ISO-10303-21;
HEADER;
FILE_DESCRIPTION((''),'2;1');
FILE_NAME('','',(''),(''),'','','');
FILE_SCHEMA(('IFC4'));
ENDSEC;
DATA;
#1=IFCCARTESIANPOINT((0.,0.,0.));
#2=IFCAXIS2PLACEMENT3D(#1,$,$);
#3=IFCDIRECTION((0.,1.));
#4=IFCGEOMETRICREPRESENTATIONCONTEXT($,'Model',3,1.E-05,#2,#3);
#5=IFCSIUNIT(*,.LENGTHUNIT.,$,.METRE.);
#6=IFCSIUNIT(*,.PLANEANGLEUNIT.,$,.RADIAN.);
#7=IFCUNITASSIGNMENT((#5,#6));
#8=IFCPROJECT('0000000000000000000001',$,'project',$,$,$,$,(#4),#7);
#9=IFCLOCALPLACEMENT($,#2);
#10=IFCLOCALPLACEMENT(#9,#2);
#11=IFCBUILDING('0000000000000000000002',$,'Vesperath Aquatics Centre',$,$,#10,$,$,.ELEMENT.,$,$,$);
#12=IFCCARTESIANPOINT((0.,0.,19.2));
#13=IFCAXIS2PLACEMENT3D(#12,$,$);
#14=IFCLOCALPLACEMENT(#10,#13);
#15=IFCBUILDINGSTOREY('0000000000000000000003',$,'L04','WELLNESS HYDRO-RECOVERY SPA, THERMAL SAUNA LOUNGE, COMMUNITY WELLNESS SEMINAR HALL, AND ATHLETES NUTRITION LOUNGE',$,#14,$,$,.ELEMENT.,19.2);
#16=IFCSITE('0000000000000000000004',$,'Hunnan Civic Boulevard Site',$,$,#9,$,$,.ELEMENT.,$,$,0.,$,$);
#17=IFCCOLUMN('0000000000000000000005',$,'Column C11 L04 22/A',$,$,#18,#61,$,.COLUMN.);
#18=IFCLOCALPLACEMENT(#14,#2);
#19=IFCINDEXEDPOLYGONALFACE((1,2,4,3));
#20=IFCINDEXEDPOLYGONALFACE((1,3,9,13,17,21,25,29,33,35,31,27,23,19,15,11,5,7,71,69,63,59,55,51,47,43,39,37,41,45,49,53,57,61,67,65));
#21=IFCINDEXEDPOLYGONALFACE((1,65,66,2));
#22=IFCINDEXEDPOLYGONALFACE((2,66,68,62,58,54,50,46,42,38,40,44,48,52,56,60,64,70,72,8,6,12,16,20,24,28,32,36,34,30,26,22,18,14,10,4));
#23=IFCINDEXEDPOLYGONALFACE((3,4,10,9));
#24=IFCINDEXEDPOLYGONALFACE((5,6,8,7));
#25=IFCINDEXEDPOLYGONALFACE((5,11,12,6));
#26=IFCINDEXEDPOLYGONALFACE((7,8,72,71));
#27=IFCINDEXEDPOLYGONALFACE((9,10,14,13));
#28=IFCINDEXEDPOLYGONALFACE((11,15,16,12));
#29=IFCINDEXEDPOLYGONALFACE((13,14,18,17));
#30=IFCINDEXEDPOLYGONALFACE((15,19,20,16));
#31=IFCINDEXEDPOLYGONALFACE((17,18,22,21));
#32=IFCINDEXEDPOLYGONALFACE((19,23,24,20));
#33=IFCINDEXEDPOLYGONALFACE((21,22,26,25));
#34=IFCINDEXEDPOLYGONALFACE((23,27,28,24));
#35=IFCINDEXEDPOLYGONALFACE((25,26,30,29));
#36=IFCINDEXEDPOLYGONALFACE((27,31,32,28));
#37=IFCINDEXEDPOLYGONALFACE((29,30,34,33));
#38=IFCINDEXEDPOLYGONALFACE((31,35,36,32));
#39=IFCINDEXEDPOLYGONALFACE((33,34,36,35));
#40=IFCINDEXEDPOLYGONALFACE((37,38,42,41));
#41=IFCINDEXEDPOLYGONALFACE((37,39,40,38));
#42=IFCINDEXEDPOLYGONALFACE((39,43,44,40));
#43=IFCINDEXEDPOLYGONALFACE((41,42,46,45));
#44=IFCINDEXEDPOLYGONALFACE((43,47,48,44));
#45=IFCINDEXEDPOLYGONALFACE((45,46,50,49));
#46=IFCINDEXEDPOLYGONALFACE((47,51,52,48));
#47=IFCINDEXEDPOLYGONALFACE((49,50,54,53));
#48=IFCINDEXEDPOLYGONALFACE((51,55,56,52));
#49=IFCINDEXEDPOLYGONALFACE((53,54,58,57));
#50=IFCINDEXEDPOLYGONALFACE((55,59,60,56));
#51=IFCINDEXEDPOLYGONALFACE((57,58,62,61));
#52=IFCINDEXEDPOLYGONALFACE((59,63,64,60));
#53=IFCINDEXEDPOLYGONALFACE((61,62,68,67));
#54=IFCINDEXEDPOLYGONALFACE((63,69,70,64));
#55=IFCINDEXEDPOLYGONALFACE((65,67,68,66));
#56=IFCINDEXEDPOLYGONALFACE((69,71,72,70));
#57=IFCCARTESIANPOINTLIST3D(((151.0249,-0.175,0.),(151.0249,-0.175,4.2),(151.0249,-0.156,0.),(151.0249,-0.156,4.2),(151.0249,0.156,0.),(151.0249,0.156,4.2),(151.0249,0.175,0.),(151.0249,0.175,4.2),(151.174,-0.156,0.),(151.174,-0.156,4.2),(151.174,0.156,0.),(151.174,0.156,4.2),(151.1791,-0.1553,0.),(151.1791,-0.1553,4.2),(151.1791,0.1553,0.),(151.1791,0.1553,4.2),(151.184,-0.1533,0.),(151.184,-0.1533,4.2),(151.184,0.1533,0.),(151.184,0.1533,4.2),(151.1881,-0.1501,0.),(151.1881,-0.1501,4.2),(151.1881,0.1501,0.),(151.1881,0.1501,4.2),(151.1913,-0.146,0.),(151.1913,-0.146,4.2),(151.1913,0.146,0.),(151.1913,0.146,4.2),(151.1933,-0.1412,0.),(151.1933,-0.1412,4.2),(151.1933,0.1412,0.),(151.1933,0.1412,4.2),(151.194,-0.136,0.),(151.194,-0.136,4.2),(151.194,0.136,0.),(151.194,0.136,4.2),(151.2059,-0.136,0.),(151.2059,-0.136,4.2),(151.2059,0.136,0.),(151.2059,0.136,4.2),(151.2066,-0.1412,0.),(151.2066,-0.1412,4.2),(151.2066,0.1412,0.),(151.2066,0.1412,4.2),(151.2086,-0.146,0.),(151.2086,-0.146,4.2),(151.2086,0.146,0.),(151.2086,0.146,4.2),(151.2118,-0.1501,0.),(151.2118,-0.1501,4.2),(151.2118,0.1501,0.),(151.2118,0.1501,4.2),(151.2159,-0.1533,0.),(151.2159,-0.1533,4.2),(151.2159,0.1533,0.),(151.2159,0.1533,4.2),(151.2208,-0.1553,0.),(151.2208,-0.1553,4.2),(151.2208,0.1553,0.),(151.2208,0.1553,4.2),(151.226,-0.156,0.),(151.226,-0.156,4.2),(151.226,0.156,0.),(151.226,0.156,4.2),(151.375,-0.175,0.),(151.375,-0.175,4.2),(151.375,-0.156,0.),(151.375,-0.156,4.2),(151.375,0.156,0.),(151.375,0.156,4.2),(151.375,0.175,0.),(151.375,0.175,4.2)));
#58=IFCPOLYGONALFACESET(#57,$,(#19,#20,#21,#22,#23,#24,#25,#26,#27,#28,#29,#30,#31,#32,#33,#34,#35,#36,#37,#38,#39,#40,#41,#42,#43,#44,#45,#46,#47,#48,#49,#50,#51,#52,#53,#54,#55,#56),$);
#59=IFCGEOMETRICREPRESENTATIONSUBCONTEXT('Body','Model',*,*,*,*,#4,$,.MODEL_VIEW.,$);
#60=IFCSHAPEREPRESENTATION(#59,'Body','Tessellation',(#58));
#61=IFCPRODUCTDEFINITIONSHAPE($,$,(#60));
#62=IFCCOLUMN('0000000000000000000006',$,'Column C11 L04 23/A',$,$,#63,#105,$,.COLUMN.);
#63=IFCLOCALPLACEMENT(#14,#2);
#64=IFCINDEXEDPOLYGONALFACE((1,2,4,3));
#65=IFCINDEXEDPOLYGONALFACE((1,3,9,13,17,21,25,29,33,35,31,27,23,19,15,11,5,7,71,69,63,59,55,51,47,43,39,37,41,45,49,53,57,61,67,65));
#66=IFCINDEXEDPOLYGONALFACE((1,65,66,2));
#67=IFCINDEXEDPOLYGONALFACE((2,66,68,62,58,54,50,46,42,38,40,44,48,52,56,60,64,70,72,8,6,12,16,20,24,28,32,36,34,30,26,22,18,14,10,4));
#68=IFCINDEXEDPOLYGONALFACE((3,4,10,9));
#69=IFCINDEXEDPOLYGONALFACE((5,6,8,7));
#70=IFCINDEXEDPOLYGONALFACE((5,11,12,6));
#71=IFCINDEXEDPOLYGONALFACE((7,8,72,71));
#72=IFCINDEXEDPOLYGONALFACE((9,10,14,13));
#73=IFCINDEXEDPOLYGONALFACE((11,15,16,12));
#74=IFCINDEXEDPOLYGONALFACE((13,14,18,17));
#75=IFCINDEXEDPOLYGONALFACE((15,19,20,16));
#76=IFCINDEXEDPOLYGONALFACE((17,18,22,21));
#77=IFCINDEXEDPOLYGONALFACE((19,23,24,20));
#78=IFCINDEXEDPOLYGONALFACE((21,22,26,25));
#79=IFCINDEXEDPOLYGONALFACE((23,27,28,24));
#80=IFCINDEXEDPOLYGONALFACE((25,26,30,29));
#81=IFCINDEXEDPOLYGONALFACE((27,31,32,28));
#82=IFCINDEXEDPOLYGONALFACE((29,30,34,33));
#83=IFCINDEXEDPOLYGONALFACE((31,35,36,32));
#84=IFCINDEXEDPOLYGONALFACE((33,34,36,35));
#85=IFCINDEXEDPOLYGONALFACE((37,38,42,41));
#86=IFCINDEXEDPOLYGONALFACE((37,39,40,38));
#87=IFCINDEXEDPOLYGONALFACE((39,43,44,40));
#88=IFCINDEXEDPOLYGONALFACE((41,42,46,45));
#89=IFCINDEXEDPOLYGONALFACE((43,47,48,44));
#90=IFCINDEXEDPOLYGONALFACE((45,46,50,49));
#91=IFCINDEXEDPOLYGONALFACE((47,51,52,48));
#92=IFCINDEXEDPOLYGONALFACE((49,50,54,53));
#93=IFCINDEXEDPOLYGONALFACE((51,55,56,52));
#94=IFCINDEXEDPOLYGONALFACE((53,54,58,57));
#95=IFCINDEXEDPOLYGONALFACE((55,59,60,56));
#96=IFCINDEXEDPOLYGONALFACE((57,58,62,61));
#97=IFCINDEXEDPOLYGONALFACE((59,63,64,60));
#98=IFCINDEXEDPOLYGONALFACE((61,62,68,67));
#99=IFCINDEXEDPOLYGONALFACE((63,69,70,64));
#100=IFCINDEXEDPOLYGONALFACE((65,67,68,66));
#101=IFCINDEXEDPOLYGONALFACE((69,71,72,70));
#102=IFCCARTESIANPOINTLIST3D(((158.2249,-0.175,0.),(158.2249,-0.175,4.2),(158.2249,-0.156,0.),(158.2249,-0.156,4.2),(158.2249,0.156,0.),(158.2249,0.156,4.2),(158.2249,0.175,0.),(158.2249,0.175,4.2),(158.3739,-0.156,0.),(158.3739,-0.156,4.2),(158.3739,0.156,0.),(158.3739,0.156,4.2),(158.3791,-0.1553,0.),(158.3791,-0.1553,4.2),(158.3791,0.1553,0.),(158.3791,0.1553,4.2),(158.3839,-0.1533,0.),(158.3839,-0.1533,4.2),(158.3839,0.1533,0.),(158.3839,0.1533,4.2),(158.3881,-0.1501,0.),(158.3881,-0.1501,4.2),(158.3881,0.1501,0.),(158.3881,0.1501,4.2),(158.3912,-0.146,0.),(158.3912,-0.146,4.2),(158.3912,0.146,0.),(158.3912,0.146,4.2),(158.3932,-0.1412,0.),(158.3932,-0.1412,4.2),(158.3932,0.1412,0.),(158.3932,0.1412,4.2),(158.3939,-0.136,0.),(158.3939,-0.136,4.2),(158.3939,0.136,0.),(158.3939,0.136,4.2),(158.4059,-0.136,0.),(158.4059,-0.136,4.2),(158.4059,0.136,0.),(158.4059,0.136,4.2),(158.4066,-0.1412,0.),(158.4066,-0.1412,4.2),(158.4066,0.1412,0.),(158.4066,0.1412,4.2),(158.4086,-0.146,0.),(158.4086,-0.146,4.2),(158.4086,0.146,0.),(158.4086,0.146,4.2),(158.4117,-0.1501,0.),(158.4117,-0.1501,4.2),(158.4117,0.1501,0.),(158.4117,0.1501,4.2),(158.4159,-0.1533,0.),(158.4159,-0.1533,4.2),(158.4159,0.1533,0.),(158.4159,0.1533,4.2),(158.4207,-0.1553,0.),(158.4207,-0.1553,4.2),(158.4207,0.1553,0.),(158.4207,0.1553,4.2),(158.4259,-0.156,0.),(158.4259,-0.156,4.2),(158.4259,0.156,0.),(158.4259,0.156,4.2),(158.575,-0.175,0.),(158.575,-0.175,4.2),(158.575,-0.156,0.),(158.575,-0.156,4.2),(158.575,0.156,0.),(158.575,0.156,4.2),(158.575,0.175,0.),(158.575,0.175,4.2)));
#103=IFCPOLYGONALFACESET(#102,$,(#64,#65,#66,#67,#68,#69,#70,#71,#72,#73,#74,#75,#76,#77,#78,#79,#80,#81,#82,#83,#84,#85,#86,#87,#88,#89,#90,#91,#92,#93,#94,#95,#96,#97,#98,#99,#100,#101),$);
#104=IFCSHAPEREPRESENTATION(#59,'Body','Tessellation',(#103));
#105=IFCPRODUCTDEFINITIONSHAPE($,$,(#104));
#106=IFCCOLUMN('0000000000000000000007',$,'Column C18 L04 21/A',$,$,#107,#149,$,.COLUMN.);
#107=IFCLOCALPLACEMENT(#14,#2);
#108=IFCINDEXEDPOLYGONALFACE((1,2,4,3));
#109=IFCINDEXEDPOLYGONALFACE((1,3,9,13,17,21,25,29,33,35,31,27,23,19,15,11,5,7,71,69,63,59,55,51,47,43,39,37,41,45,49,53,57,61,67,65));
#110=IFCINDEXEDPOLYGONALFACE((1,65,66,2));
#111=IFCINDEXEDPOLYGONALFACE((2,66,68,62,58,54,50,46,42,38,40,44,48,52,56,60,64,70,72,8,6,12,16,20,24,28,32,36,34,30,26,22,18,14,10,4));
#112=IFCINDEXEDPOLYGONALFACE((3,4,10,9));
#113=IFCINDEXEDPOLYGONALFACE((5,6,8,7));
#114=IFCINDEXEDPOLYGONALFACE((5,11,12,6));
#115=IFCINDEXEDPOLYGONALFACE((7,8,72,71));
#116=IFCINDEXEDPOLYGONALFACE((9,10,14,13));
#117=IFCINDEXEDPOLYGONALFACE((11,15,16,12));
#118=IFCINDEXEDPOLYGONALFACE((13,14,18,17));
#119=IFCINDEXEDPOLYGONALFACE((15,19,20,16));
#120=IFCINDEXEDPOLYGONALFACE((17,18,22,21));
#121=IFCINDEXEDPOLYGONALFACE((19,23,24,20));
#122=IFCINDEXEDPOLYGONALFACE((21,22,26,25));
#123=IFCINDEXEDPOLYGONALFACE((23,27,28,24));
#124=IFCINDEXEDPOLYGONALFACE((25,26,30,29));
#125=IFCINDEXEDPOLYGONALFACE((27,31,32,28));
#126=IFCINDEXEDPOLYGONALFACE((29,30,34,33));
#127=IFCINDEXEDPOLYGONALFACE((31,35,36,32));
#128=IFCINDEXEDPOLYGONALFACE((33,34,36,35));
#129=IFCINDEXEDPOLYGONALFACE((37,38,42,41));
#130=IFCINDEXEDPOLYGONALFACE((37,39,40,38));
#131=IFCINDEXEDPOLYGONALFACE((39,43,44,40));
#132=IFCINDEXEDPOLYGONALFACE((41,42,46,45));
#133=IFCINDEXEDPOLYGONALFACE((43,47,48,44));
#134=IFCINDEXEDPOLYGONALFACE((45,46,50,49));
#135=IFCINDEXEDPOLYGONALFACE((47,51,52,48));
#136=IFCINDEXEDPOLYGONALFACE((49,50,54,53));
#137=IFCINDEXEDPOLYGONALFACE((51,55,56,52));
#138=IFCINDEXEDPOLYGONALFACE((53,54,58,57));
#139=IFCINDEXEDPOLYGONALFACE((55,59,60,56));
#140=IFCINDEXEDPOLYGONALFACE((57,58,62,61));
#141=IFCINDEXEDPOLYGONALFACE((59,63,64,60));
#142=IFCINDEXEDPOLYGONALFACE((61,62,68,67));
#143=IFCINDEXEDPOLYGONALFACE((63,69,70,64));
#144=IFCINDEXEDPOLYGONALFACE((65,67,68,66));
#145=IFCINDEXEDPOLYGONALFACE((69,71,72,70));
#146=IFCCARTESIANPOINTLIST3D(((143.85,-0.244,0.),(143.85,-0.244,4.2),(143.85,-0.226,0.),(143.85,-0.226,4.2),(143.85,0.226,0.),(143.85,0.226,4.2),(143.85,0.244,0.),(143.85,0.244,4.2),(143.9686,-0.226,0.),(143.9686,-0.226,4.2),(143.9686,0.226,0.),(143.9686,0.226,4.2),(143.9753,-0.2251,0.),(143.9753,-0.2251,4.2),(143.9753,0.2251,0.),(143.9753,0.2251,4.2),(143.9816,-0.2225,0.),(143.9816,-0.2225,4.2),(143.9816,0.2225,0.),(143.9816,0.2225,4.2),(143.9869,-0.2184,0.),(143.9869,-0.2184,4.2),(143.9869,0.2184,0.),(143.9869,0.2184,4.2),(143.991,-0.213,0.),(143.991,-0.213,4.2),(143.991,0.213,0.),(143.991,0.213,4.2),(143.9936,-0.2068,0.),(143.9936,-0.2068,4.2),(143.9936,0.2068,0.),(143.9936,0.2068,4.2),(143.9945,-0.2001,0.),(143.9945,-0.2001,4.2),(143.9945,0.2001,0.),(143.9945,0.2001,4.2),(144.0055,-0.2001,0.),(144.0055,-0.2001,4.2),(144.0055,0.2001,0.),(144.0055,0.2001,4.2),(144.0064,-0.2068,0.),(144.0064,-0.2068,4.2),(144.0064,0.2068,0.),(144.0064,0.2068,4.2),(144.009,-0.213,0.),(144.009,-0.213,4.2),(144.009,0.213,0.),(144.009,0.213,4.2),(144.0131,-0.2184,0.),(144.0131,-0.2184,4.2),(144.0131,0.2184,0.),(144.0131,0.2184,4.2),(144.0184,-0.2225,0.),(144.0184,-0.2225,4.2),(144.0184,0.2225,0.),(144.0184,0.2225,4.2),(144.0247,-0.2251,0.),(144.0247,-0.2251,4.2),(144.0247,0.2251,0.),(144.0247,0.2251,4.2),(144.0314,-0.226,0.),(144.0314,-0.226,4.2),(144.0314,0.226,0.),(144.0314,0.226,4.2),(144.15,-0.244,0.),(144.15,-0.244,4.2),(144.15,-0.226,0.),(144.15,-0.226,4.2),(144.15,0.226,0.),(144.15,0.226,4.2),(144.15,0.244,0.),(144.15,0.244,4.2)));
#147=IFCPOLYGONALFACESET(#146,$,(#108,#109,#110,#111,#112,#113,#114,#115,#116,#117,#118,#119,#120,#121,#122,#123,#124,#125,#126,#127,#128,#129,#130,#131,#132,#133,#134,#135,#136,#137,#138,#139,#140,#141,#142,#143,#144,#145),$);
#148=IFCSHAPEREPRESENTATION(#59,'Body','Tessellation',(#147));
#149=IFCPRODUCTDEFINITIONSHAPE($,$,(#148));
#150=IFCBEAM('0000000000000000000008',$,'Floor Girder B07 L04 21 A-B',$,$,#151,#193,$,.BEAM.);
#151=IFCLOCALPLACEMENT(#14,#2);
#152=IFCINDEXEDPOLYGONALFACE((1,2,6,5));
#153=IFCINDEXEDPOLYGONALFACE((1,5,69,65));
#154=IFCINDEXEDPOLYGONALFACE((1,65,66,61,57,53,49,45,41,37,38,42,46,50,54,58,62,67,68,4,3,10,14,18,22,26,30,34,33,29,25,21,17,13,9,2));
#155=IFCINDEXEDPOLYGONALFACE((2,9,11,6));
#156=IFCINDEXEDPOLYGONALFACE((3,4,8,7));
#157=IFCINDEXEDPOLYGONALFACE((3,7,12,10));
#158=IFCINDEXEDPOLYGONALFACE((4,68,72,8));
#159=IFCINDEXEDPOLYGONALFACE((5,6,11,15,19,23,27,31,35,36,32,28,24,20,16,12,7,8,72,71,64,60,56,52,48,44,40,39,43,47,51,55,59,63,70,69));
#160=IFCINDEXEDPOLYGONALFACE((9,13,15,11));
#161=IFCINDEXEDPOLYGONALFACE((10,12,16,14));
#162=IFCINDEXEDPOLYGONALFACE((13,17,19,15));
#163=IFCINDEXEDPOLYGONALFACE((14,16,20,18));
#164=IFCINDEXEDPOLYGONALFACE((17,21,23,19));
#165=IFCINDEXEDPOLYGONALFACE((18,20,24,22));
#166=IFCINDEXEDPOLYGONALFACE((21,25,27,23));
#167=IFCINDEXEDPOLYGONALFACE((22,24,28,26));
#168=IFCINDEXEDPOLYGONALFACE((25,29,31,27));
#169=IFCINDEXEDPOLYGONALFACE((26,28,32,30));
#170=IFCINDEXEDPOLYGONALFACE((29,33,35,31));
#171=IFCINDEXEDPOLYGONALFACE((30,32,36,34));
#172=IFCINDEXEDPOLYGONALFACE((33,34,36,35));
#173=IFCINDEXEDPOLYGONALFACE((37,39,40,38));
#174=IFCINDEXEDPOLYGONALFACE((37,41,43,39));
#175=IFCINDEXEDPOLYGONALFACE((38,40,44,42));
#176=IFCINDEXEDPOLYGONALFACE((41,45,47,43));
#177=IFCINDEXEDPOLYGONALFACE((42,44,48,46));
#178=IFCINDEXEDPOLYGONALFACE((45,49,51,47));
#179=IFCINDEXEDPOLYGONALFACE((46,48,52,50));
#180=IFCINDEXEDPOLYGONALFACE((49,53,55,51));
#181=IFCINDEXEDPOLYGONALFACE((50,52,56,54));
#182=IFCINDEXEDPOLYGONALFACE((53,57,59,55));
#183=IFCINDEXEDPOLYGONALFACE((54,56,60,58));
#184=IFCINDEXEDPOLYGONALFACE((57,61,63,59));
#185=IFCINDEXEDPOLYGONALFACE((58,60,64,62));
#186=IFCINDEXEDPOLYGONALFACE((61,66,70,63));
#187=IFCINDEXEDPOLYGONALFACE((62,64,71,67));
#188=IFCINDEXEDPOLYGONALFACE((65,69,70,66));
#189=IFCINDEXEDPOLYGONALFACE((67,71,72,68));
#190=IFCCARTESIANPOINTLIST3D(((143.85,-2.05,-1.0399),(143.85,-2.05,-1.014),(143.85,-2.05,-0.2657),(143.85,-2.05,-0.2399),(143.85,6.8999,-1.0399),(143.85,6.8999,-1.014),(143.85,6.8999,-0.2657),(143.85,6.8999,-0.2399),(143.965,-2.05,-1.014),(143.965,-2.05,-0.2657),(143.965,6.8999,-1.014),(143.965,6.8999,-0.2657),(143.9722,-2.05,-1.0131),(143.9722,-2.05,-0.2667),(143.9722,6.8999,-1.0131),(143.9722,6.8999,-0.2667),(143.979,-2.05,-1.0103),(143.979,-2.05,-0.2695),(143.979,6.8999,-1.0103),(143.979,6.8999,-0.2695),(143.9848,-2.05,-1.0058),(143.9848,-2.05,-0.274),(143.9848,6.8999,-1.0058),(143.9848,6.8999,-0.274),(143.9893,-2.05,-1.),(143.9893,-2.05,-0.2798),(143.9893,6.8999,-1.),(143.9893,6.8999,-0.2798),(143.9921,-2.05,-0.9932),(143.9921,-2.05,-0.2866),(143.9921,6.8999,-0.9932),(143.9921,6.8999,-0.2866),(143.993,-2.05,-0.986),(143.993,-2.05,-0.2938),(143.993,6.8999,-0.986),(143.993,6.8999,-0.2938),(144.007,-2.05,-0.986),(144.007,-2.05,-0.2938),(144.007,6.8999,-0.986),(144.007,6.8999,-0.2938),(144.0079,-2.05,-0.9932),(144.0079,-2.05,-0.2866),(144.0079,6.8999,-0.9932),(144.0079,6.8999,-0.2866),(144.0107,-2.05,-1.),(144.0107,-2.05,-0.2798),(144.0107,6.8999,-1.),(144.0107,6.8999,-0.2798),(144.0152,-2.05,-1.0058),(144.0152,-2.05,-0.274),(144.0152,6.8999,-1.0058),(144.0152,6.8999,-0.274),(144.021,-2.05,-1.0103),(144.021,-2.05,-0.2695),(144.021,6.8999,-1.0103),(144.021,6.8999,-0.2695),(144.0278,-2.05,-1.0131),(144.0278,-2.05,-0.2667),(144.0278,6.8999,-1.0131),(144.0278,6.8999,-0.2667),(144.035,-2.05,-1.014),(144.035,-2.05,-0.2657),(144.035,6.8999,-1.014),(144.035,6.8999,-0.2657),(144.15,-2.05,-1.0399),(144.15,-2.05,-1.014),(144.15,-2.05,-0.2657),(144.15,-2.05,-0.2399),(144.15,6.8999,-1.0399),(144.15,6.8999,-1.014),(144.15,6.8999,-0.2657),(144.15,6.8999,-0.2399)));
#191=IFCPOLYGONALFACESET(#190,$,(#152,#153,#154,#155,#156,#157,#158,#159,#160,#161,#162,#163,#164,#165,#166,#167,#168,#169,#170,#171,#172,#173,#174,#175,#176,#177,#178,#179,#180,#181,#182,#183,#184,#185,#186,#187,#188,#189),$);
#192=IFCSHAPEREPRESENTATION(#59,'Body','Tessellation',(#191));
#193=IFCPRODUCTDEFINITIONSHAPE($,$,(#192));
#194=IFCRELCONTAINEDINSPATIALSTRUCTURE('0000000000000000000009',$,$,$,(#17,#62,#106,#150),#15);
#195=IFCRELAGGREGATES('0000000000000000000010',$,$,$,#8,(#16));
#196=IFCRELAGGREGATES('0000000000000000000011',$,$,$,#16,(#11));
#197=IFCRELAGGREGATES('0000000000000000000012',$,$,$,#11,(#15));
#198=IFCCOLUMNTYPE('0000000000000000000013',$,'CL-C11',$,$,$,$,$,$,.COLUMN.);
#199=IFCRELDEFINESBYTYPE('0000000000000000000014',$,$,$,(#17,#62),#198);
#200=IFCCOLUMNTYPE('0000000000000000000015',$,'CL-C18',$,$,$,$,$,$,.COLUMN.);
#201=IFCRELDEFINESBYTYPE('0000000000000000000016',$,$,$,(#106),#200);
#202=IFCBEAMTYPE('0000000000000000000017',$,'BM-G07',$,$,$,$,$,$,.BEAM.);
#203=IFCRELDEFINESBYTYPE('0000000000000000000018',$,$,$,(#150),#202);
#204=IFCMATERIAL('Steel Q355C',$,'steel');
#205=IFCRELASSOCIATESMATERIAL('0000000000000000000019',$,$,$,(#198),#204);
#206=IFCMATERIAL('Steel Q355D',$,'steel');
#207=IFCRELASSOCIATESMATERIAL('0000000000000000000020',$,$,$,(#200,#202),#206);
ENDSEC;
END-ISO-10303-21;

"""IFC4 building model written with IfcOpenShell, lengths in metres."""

from ifc_helpers import new_model, si_unit, direction, frame, origin, origin_2d, place, context, subcontext, project, spatial, i_section, extrude, material, material_profile, profile_set, type_object, element, save


model = new_model("IFC4")

# Units and contexts
model_context = context("Model", 3, precision=1e-05, world=origin(), true_north=direction((0.0, 1.0)))
body_context = subcontext(model_context, "Body", "Model", "MODEL_VIEW")
ifc_project = project(units=[si_unit("LENGTHUNIT", "METRE"), si_unit("PLANEANGLEUNIT", "RADIAN")], contexts=[model_context])

# Site, building, storey
site_placement = place(None, origin())
site = spatial("IfcSite", under=ifc_project, at=site_placement, Name="Hunnan Civic Boulevard Site", CompositionType="ELEMENT", RefElevation=0.0)
building_placement = place(site_placement, origin())
building = spatial("IfcBuilding", under=site, at=building_placement, Name="Vesperath Aquatics Centre", CompositionType="ELEMENT")
storey_placement = place(building_placement, frame((0.0, 0.0, 19.2)))
storey = spatial("IfcBuildingStorey", under=building, at=storey_placement, Name="L04", Description="WELLNESS HYDRO-RECOVERY SPA, THERMAL SAUNA LOUNGE, COMMUNITY WELLNESS SEMINAR HALL, AND ATHLETES NUTRITION LOUNGE", CompositionType="ELEMENT", Elevation=19.2)

# Columns
ifc_material_1 = material(Name="Steel Q355C", Category="steel")
ifc_material_profile_1 = material_profile(ifc_material_1, i_section(OverallWidth=0.3501, OverallDepth=0.3501, WebThickness=0.012, FlangeThickness=0.019, FilletRadius=0.02, at=origin_2d()), Name="HW 350x350x12x19")
ifc_profile_set_1 = profile_set([ifc_material_profile_1], Name="Steel Q355C")
column_type_1 = type_object("IfcColumnType", Name="CL-C11", PredefinedType="COLUMN", material=ifc_profile_set_1)
for number, where, z_axis, x_axis, name in (
    (1, (151.2, 0.0, 0.0), (0.0, 0.0, 1.0), (1.0, 0.0, 0.0), "Column C11 L04 22/A"),
    (2, (158.3999, 0.0, 0.0), (0.0, 0.0, 1.0), (1.0, 0.0, 0.0), "Column C11 L04 23/A"),
):
    element("IfcColumn", number, at=place(storey_placement, frame(where, z_axis=z_axis, x_axis=x_axis)), inside=storey, type_object=column_type_1, Name=name, PredefinedType="COLUMN", context=body_context, shape_type="SweptSolid", body=[
        extrude(i_section(OverallWidth=0.3501, OverallDepth=0.3501, WebThickness=0.012, FlangeThickness=0.019, FilletRadius=0.02, at=origin_2d()), origin(), (0.0, 0.0, 1.0), 4.2),
    ])
ifc_material_2 = material(Name="Steel Q355D", Category="steel")
ifc_material_profile_2 = material_profile(ifc_material_2, i_section(OverallWidth=0.3, OverallDepth=0.488, WebThickness=0.011, FlangeThickness=0.0181, FilletRadius=0.0259, at=origin_2d()), Name="HM 488x300x11x18")
ifc_profile_set_2 = profile_set([ifc_material_profile_2], Name="Steel Q355D")
column_type_2 = type_object("IfcColumnType", Name="CL-C18", PredefinedType="COLUMN", material=ifc_profile_set_2)
column_placement = place(storey_placement, frame((144.0, 0.0, 0.0), z_axis=(0.0, 0.0, 1.0), x_axis=(1.0, 0.0, 0.0)))
element("IfcColumn", 3, at=column_placement, inside=storey, type_object=column_type_2, Name="Column C18 L04 21/A", PredefinedType="COLUMN", context=body_context, shape_type="SweptSolid", body=[
    extrude(i_section(OverallWidth=0.3, OverallDepth=0.488, WebThickness=0.011, FlangeThickness=0.0181, FilletRadius=0.0259, at=origin_2d()), origin(), (0.0, 0.0, 1.0), 4.2),
])

# Beam
ifc_material_profile_3 = material_profile(ifc_material_2, i_section(OverallWidth=0.3, OverallDepth=0.8, WebThickness=0.0139, FlangeThickness=0.0259, FilletRadius=0.0281, at=origin_2d()), Name="HN 800x300x14x26")
ifc_profile_set_3 = profile_set([ifc_material_profile_3], Name="Steel Q355D")
beam_type_1 = type_object("IfcBeamType", Name="BM-G07", PredefinedType="BEAM", material=ifc_profile_set_3)
for number, where, z_axis, x_axis, name in (
    (4, (144.0, -2.05, -0.6399), (0.0, 1.0, 0.0), (-1.0, 0.0, 0.0), "Floor Girder B07 L04 21 A-B"),
):
    element("IfcBeam", number, at=place(storey_placement, frame(where, z_axis=z_axis, x_axis=x_axis)), inside=storey, type_object=beam_type_1, Name=name, PredefinedType="BEAM", context=body_context, shape_type="SweptSolid", body=[
        extrude(i_section(OverallWidth=0.3, OverallDepth=0.8, WebThickness=0.0139, FlangeThickness=0.0259, FilletRadius=0.0281, at=origin_2d()), origin(), (0.0, 0.0, 1.0), 8.95),
    ])

save(model, "model.ifc")
